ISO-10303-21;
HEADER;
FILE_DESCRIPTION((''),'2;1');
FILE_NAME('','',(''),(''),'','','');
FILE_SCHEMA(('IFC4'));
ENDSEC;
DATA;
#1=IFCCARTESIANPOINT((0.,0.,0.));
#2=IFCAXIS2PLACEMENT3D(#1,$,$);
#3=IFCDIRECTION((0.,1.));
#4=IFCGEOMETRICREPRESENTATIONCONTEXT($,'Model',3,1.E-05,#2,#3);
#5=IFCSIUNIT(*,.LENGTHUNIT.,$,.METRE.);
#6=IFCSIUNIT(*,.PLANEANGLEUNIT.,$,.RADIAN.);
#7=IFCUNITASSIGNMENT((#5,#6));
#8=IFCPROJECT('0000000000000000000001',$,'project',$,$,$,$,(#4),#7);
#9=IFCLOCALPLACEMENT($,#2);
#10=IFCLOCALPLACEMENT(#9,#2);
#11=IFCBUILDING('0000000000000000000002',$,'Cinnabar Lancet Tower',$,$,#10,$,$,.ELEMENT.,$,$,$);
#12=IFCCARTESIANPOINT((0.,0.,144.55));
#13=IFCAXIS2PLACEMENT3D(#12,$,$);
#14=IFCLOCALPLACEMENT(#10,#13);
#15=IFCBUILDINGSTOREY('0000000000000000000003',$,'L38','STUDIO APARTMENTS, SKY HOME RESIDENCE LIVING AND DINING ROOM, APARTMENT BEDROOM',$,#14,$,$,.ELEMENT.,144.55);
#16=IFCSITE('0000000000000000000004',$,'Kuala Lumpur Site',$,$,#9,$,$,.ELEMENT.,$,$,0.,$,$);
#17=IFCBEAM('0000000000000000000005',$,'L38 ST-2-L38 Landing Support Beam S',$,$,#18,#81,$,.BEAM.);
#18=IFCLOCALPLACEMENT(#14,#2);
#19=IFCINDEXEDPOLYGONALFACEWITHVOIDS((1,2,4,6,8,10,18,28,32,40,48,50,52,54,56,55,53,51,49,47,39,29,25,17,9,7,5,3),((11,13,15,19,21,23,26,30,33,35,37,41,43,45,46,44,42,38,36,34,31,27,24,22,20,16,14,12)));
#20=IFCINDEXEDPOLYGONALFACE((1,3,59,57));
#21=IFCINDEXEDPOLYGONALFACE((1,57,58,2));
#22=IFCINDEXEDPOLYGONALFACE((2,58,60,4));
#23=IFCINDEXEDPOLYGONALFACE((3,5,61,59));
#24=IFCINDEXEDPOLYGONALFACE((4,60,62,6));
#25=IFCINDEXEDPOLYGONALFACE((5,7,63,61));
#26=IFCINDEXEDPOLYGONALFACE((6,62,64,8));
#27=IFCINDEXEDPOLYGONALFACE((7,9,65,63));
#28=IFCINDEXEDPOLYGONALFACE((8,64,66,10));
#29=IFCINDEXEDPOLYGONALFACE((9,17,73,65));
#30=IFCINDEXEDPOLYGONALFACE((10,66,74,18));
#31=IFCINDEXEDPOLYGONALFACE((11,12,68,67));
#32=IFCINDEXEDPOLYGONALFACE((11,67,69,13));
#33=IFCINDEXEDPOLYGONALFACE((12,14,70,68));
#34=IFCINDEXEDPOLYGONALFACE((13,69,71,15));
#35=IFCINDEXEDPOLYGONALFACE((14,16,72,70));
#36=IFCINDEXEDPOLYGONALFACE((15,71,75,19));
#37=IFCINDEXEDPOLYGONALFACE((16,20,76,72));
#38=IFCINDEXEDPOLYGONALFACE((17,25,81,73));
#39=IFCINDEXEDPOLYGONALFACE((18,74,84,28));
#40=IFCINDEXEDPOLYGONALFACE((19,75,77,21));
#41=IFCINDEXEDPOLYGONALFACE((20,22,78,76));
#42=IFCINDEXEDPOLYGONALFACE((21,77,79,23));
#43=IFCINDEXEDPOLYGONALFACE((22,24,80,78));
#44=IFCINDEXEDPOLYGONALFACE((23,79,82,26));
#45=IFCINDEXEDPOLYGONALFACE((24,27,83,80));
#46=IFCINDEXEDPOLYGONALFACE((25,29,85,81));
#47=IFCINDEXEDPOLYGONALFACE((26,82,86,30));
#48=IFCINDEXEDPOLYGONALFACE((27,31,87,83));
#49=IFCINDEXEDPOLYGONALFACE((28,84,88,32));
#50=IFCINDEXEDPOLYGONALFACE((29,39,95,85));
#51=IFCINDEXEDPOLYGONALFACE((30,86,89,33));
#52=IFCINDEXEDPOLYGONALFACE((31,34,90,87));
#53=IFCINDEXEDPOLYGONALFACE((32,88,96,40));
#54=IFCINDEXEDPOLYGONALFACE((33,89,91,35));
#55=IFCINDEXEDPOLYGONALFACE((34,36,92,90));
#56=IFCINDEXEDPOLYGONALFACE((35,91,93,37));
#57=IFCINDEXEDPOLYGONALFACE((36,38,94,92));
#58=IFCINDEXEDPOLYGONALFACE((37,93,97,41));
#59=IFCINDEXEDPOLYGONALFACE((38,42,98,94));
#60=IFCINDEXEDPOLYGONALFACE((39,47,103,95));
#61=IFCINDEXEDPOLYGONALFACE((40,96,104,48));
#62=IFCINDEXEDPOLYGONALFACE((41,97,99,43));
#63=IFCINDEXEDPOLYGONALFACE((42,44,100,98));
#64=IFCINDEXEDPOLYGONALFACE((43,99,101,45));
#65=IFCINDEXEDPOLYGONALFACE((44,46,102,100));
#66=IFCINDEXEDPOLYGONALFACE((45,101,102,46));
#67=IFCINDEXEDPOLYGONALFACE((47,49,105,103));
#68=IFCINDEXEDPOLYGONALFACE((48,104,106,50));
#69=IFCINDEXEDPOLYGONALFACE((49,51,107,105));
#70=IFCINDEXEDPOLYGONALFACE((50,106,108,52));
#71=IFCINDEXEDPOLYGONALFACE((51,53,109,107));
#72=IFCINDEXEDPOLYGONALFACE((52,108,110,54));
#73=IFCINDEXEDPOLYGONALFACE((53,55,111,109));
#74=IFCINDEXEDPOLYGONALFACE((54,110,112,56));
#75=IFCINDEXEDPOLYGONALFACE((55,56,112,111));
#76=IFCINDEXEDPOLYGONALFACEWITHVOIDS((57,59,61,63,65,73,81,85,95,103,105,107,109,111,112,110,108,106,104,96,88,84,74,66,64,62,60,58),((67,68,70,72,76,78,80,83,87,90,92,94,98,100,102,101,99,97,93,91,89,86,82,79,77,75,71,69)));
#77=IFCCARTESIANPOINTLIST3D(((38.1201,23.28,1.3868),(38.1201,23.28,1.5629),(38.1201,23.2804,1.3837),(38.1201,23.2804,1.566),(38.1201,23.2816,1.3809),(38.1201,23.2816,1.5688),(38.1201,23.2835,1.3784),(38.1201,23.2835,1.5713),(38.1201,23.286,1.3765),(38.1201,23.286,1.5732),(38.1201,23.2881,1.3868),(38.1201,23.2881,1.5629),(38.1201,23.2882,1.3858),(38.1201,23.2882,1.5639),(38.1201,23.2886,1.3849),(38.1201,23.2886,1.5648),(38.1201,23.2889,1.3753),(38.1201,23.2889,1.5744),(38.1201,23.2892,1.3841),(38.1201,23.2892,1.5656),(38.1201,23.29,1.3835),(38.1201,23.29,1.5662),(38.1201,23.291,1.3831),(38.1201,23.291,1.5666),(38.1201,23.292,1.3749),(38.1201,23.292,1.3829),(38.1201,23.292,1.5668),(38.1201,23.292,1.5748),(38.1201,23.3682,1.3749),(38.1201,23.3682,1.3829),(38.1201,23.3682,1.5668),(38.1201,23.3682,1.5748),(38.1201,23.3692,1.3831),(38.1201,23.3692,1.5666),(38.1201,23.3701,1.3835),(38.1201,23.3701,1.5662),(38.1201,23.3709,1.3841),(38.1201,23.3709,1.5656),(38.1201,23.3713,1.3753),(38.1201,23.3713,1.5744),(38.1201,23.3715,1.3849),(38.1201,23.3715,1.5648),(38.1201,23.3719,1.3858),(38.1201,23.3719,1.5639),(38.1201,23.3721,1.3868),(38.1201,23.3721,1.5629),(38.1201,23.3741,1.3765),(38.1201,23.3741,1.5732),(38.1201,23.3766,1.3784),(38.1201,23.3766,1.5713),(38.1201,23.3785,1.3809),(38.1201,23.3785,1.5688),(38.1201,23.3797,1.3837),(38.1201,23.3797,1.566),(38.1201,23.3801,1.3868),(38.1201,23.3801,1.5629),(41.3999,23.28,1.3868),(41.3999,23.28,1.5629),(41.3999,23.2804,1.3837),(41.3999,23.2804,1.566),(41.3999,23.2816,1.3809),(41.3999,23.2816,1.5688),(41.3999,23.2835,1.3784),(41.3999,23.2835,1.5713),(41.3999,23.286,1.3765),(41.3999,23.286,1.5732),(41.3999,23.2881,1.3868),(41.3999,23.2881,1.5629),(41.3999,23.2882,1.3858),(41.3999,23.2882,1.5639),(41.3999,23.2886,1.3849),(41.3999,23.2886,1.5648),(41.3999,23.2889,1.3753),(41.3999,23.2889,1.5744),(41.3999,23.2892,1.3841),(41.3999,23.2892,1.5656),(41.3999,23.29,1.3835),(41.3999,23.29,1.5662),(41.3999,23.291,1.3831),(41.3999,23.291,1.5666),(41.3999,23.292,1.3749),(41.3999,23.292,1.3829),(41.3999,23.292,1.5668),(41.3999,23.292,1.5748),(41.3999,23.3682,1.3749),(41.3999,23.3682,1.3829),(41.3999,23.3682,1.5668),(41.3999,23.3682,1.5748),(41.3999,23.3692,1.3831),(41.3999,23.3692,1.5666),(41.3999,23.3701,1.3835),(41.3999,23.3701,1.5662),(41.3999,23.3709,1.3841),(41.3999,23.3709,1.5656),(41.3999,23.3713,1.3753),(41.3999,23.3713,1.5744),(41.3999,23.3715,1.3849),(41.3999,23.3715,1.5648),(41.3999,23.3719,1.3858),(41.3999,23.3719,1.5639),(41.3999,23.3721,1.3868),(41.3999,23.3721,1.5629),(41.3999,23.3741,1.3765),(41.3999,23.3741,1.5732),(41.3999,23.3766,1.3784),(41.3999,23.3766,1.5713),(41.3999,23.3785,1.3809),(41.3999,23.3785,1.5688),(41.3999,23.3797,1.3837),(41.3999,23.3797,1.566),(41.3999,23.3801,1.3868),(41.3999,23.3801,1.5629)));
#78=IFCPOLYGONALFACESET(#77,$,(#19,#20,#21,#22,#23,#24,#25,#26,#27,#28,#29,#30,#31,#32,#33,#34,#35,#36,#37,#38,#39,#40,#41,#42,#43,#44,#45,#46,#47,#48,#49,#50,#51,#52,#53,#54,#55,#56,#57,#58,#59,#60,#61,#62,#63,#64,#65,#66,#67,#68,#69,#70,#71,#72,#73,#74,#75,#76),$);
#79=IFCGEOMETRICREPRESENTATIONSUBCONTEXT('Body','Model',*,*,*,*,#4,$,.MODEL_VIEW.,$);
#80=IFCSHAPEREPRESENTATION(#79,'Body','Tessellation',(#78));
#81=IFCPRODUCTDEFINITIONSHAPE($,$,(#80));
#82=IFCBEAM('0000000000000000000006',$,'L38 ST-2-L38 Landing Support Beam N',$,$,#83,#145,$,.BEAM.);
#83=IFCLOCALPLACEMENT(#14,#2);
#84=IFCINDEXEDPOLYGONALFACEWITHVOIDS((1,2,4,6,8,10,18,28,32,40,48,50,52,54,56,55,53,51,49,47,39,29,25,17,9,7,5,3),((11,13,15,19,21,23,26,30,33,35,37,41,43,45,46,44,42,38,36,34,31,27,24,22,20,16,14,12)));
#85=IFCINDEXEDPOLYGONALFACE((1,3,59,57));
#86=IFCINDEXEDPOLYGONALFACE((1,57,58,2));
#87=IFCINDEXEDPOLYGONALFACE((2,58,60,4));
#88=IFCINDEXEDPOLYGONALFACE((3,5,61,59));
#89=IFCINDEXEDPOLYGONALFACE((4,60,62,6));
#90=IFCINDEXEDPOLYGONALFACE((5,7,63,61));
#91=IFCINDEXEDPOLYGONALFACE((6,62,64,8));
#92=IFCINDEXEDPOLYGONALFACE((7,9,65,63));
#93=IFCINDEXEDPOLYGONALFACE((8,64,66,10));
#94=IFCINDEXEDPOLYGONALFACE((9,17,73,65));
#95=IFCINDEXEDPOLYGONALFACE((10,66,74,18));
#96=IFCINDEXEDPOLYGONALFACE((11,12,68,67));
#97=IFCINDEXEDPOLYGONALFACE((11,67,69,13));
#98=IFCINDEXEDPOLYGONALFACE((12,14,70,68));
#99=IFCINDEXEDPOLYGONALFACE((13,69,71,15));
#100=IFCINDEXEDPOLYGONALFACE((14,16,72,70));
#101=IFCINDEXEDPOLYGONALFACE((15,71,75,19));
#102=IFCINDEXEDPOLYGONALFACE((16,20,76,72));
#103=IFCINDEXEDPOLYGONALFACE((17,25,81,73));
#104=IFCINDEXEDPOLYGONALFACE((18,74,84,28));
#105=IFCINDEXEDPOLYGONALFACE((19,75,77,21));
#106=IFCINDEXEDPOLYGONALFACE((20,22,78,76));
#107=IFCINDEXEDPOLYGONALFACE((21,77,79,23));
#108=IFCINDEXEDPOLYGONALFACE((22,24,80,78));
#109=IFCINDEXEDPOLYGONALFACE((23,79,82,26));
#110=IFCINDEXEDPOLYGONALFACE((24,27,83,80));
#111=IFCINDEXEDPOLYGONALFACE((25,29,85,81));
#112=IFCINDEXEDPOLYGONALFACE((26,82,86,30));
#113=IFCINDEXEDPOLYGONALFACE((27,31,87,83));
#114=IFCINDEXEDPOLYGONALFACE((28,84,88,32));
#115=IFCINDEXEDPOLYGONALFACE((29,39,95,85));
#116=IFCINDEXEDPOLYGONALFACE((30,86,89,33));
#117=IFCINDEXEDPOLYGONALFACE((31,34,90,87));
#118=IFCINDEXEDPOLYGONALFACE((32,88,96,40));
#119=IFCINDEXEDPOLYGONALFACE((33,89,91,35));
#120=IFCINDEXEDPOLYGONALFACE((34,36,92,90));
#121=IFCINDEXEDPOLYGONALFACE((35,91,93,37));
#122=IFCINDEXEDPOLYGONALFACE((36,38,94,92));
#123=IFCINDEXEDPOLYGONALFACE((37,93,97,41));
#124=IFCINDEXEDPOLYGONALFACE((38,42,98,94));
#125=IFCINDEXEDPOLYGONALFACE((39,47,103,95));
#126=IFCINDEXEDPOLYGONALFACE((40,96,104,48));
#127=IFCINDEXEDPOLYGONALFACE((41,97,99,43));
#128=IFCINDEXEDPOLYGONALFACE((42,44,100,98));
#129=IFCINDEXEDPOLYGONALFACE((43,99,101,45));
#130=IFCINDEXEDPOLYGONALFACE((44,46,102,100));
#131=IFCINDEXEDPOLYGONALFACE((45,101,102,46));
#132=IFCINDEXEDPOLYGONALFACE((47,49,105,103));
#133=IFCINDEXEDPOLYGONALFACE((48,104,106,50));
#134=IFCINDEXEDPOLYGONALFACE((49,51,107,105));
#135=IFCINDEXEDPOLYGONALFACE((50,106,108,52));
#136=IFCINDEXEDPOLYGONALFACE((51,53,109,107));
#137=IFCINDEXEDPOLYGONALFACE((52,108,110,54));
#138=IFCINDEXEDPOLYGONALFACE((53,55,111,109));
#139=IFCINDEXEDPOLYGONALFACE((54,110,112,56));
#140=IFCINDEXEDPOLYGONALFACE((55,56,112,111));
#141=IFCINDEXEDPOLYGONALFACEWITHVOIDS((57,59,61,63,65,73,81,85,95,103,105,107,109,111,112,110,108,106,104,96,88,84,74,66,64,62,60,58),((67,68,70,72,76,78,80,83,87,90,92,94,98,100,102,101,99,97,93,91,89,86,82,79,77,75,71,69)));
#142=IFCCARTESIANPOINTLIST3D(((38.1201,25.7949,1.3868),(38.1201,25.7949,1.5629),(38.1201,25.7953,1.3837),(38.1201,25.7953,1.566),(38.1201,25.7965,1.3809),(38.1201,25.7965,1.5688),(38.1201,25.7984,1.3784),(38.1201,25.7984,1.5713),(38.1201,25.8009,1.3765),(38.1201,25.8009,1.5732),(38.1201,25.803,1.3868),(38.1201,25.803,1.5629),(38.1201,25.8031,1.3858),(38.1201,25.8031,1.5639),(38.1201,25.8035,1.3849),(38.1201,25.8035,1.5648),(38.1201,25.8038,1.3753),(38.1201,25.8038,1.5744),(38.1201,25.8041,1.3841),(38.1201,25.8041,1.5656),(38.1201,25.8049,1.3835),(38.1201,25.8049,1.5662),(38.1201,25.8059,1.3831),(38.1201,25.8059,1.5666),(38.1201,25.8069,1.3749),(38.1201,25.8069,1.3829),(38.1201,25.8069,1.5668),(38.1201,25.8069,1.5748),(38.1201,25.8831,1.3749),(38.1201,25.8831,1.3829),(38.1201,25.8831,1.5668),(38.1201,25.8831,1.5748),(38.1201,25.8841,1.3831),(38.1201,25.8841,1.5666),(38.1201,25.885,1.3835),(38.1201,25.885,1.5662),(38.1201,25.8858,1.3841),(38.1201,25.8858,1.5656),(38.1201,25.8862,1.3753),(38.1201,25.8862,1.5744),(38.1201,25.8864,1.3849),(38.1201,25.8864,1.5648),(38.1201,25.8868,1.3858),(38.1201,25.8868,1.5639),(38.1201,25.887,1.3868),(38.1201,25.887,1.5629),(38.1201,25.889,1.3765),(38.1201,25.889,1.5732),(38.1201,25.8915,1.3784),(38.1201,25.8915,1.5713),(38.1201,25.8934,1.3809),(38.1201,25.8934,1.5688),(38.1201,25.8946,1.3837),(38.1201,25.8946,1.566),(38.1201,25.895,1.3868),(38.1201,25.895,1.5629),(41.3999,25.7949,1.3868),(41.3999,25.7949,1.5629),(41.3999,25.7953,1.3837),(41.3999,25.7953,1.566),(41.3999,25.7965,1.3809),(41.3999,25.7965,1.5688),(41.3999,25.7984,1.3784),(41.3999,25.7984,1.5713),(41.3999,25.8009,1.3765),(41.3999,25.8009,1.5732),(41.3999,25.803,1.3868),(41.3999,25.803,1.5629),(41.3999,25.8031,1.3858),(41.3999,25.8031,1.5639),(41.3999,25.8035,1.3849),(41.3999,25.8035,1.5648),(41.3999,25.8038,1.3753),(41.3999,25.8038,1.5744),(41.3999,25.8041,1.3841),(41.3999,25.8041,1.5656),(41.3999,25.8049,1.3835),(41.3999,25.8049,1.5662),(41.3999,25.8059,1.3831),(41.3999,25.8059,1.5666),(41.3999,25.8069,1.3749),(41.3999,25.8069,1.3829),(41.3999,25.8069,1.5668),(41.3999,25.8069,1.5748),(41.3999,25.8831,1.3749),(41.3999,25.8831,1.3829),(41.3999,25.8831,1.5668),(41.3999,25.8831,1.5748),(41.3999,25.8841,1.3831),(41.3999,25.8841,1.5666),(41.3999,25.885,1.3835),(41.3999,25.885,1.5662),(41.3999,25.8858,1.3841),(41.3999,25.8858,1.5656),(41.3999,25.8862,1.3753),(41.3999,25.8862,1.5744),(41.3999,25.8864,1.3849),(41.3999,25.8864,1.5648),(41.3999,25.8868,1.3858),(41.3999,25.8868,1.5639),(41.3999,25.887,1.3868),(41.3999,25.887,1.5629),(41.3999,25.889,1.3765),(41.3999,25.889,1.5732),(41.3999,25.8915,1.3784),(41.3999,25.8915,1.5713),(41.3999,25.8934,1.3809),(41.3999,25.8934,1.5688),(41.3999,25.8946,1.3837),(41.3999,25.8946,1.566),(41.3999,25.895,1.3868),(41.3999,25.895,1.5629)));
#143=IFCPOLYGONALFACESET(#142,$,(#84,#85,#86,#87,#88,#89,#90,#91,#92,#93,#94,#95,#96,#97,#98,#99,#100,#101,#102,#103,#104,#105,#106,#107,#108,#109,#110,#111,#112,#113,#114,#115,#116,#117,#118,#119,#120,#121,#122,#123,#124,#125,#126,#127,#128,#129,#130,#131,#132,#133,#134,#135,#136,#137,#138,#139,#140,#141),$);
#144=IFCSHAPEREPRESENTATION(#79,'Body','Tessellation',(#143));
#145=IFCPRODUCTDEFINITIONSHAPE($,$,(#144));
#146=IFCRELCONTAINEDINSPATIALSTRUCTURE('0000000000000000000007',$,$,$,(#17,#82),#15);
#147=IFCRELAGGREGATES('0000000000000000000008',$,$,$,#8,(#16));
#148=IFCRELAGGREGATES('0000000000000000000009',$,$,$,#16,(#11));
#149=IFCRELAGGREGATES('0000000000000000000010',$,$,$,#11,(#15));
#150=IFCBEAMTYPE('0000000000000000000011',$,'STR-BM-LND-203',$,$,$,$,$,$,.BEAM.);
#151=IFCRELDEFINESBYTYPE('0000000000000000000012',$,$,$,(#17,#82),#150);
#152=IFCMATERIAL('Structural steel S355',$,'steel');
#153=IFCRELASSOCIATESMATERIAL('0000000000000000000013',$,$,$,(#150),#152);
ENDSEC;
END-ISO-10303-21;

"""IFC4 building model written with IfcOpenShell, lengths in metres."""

from ifc_helpers import new_model, si_unit, direction, frame, origin, origin_2d, place, context, subcontext, project, spatial, hollow_rectangle, extrude, material, material_profile, profile_set, type_object, element, save


model = new_model("IFC4")

# Units and contexts
model_context = context("Model", 3, precision=1e-05, world=origin(), true_north=direction((0.0, 1.0)))
body_context = subcontext(model_context, "Body", "Model", "MODEL_VIEW")
ifc_project = project(units=[si_unit("LENGTHUNIT", "METRE"), si_unit("PLANEANGLEUNIT", "RADIAN")], contexts=[model_context])

# Site, building, storey
site_placement = place(None, origin())
site = spatial("IfcSite", under=ifc_project, at=site_placement, Name="Kuala Lumpur Site", CompositionType="ELEMENT", RefElevation=0.0)
building_placement = place(site_placement, origin())
building = spatial("IfcBuilding", under=site, at=building_placement, Name="Cinnabar Lancet Tower", CompositionType="ELEMENT")
storey_placement = place(building_placement, frame((0.0, 0.0, 144.55)))
storey = spatial("IfcBuildingStorey", under=building, at=storey_placement, Name="L38", Description="STUDIO APARTMENTS, SKY HOME RESIDENCE LIVING AND DINING ROOM, APARTMENT BEDROOM", CompositionType="ELEMENT", Elevation=144.55)

# Beams
ifc_material_1 = material(Name="Structural steel S355", Category="steel")
ifc_material_profile_1 = material_profile(ifc_material_1, hollow_rectangle(XDim=0.1001, YDim=0.2, WallThickness=0.0081, InnerFilletRadius=0.0039, OuterFilletRadius=0.012, at=origin_2d()), Name="RHS 200x100x8")
ifc_profile_set_1 = profile_set([ifc_material_profile_1], Name="Structural steel S355")
beam_type_1 = type_object("IfcBeamType", Name="STR-BM-LND-203", PredefinedType="BEAM", material=ifc_profile_set_1)
for number, where, z_axis, x_axis, name in (
    (1, (38.1201, 23.3301, 1.4749), (1.0, 0.0, 0.0), (0.0, 1.0, 0.0), "L38 ST-2-L38 Landing Support Beam S"),
    (2, (38.1201, 25.845, 1.4749), (1.0, 0.0, 0.0), (0.0, 1.0, 0.0), "L38 ST-2-L38 Landing Support Beam N"),
):
    element("IfcBeam", number, at=place(storey_placement, frame(where, z_axis=z_axis, x_axis=x_axis)), inside=storey, type_object=beam_type_1, Name=name, PredefinedType="BEAM", context=body_context, shape_type="SweptSolid", body=[
        extrude(hollow_rectangle(XDim=0.1001, YDim=0.2, WallThickness=0.0081, InnerFilletRadius=0.0039, OuterFilletRadius=0.012, at=origin_2d()), origin(), (0.0, 0.0, 1.0), 3.2798),
    ])

save(model, "model.ifc")
